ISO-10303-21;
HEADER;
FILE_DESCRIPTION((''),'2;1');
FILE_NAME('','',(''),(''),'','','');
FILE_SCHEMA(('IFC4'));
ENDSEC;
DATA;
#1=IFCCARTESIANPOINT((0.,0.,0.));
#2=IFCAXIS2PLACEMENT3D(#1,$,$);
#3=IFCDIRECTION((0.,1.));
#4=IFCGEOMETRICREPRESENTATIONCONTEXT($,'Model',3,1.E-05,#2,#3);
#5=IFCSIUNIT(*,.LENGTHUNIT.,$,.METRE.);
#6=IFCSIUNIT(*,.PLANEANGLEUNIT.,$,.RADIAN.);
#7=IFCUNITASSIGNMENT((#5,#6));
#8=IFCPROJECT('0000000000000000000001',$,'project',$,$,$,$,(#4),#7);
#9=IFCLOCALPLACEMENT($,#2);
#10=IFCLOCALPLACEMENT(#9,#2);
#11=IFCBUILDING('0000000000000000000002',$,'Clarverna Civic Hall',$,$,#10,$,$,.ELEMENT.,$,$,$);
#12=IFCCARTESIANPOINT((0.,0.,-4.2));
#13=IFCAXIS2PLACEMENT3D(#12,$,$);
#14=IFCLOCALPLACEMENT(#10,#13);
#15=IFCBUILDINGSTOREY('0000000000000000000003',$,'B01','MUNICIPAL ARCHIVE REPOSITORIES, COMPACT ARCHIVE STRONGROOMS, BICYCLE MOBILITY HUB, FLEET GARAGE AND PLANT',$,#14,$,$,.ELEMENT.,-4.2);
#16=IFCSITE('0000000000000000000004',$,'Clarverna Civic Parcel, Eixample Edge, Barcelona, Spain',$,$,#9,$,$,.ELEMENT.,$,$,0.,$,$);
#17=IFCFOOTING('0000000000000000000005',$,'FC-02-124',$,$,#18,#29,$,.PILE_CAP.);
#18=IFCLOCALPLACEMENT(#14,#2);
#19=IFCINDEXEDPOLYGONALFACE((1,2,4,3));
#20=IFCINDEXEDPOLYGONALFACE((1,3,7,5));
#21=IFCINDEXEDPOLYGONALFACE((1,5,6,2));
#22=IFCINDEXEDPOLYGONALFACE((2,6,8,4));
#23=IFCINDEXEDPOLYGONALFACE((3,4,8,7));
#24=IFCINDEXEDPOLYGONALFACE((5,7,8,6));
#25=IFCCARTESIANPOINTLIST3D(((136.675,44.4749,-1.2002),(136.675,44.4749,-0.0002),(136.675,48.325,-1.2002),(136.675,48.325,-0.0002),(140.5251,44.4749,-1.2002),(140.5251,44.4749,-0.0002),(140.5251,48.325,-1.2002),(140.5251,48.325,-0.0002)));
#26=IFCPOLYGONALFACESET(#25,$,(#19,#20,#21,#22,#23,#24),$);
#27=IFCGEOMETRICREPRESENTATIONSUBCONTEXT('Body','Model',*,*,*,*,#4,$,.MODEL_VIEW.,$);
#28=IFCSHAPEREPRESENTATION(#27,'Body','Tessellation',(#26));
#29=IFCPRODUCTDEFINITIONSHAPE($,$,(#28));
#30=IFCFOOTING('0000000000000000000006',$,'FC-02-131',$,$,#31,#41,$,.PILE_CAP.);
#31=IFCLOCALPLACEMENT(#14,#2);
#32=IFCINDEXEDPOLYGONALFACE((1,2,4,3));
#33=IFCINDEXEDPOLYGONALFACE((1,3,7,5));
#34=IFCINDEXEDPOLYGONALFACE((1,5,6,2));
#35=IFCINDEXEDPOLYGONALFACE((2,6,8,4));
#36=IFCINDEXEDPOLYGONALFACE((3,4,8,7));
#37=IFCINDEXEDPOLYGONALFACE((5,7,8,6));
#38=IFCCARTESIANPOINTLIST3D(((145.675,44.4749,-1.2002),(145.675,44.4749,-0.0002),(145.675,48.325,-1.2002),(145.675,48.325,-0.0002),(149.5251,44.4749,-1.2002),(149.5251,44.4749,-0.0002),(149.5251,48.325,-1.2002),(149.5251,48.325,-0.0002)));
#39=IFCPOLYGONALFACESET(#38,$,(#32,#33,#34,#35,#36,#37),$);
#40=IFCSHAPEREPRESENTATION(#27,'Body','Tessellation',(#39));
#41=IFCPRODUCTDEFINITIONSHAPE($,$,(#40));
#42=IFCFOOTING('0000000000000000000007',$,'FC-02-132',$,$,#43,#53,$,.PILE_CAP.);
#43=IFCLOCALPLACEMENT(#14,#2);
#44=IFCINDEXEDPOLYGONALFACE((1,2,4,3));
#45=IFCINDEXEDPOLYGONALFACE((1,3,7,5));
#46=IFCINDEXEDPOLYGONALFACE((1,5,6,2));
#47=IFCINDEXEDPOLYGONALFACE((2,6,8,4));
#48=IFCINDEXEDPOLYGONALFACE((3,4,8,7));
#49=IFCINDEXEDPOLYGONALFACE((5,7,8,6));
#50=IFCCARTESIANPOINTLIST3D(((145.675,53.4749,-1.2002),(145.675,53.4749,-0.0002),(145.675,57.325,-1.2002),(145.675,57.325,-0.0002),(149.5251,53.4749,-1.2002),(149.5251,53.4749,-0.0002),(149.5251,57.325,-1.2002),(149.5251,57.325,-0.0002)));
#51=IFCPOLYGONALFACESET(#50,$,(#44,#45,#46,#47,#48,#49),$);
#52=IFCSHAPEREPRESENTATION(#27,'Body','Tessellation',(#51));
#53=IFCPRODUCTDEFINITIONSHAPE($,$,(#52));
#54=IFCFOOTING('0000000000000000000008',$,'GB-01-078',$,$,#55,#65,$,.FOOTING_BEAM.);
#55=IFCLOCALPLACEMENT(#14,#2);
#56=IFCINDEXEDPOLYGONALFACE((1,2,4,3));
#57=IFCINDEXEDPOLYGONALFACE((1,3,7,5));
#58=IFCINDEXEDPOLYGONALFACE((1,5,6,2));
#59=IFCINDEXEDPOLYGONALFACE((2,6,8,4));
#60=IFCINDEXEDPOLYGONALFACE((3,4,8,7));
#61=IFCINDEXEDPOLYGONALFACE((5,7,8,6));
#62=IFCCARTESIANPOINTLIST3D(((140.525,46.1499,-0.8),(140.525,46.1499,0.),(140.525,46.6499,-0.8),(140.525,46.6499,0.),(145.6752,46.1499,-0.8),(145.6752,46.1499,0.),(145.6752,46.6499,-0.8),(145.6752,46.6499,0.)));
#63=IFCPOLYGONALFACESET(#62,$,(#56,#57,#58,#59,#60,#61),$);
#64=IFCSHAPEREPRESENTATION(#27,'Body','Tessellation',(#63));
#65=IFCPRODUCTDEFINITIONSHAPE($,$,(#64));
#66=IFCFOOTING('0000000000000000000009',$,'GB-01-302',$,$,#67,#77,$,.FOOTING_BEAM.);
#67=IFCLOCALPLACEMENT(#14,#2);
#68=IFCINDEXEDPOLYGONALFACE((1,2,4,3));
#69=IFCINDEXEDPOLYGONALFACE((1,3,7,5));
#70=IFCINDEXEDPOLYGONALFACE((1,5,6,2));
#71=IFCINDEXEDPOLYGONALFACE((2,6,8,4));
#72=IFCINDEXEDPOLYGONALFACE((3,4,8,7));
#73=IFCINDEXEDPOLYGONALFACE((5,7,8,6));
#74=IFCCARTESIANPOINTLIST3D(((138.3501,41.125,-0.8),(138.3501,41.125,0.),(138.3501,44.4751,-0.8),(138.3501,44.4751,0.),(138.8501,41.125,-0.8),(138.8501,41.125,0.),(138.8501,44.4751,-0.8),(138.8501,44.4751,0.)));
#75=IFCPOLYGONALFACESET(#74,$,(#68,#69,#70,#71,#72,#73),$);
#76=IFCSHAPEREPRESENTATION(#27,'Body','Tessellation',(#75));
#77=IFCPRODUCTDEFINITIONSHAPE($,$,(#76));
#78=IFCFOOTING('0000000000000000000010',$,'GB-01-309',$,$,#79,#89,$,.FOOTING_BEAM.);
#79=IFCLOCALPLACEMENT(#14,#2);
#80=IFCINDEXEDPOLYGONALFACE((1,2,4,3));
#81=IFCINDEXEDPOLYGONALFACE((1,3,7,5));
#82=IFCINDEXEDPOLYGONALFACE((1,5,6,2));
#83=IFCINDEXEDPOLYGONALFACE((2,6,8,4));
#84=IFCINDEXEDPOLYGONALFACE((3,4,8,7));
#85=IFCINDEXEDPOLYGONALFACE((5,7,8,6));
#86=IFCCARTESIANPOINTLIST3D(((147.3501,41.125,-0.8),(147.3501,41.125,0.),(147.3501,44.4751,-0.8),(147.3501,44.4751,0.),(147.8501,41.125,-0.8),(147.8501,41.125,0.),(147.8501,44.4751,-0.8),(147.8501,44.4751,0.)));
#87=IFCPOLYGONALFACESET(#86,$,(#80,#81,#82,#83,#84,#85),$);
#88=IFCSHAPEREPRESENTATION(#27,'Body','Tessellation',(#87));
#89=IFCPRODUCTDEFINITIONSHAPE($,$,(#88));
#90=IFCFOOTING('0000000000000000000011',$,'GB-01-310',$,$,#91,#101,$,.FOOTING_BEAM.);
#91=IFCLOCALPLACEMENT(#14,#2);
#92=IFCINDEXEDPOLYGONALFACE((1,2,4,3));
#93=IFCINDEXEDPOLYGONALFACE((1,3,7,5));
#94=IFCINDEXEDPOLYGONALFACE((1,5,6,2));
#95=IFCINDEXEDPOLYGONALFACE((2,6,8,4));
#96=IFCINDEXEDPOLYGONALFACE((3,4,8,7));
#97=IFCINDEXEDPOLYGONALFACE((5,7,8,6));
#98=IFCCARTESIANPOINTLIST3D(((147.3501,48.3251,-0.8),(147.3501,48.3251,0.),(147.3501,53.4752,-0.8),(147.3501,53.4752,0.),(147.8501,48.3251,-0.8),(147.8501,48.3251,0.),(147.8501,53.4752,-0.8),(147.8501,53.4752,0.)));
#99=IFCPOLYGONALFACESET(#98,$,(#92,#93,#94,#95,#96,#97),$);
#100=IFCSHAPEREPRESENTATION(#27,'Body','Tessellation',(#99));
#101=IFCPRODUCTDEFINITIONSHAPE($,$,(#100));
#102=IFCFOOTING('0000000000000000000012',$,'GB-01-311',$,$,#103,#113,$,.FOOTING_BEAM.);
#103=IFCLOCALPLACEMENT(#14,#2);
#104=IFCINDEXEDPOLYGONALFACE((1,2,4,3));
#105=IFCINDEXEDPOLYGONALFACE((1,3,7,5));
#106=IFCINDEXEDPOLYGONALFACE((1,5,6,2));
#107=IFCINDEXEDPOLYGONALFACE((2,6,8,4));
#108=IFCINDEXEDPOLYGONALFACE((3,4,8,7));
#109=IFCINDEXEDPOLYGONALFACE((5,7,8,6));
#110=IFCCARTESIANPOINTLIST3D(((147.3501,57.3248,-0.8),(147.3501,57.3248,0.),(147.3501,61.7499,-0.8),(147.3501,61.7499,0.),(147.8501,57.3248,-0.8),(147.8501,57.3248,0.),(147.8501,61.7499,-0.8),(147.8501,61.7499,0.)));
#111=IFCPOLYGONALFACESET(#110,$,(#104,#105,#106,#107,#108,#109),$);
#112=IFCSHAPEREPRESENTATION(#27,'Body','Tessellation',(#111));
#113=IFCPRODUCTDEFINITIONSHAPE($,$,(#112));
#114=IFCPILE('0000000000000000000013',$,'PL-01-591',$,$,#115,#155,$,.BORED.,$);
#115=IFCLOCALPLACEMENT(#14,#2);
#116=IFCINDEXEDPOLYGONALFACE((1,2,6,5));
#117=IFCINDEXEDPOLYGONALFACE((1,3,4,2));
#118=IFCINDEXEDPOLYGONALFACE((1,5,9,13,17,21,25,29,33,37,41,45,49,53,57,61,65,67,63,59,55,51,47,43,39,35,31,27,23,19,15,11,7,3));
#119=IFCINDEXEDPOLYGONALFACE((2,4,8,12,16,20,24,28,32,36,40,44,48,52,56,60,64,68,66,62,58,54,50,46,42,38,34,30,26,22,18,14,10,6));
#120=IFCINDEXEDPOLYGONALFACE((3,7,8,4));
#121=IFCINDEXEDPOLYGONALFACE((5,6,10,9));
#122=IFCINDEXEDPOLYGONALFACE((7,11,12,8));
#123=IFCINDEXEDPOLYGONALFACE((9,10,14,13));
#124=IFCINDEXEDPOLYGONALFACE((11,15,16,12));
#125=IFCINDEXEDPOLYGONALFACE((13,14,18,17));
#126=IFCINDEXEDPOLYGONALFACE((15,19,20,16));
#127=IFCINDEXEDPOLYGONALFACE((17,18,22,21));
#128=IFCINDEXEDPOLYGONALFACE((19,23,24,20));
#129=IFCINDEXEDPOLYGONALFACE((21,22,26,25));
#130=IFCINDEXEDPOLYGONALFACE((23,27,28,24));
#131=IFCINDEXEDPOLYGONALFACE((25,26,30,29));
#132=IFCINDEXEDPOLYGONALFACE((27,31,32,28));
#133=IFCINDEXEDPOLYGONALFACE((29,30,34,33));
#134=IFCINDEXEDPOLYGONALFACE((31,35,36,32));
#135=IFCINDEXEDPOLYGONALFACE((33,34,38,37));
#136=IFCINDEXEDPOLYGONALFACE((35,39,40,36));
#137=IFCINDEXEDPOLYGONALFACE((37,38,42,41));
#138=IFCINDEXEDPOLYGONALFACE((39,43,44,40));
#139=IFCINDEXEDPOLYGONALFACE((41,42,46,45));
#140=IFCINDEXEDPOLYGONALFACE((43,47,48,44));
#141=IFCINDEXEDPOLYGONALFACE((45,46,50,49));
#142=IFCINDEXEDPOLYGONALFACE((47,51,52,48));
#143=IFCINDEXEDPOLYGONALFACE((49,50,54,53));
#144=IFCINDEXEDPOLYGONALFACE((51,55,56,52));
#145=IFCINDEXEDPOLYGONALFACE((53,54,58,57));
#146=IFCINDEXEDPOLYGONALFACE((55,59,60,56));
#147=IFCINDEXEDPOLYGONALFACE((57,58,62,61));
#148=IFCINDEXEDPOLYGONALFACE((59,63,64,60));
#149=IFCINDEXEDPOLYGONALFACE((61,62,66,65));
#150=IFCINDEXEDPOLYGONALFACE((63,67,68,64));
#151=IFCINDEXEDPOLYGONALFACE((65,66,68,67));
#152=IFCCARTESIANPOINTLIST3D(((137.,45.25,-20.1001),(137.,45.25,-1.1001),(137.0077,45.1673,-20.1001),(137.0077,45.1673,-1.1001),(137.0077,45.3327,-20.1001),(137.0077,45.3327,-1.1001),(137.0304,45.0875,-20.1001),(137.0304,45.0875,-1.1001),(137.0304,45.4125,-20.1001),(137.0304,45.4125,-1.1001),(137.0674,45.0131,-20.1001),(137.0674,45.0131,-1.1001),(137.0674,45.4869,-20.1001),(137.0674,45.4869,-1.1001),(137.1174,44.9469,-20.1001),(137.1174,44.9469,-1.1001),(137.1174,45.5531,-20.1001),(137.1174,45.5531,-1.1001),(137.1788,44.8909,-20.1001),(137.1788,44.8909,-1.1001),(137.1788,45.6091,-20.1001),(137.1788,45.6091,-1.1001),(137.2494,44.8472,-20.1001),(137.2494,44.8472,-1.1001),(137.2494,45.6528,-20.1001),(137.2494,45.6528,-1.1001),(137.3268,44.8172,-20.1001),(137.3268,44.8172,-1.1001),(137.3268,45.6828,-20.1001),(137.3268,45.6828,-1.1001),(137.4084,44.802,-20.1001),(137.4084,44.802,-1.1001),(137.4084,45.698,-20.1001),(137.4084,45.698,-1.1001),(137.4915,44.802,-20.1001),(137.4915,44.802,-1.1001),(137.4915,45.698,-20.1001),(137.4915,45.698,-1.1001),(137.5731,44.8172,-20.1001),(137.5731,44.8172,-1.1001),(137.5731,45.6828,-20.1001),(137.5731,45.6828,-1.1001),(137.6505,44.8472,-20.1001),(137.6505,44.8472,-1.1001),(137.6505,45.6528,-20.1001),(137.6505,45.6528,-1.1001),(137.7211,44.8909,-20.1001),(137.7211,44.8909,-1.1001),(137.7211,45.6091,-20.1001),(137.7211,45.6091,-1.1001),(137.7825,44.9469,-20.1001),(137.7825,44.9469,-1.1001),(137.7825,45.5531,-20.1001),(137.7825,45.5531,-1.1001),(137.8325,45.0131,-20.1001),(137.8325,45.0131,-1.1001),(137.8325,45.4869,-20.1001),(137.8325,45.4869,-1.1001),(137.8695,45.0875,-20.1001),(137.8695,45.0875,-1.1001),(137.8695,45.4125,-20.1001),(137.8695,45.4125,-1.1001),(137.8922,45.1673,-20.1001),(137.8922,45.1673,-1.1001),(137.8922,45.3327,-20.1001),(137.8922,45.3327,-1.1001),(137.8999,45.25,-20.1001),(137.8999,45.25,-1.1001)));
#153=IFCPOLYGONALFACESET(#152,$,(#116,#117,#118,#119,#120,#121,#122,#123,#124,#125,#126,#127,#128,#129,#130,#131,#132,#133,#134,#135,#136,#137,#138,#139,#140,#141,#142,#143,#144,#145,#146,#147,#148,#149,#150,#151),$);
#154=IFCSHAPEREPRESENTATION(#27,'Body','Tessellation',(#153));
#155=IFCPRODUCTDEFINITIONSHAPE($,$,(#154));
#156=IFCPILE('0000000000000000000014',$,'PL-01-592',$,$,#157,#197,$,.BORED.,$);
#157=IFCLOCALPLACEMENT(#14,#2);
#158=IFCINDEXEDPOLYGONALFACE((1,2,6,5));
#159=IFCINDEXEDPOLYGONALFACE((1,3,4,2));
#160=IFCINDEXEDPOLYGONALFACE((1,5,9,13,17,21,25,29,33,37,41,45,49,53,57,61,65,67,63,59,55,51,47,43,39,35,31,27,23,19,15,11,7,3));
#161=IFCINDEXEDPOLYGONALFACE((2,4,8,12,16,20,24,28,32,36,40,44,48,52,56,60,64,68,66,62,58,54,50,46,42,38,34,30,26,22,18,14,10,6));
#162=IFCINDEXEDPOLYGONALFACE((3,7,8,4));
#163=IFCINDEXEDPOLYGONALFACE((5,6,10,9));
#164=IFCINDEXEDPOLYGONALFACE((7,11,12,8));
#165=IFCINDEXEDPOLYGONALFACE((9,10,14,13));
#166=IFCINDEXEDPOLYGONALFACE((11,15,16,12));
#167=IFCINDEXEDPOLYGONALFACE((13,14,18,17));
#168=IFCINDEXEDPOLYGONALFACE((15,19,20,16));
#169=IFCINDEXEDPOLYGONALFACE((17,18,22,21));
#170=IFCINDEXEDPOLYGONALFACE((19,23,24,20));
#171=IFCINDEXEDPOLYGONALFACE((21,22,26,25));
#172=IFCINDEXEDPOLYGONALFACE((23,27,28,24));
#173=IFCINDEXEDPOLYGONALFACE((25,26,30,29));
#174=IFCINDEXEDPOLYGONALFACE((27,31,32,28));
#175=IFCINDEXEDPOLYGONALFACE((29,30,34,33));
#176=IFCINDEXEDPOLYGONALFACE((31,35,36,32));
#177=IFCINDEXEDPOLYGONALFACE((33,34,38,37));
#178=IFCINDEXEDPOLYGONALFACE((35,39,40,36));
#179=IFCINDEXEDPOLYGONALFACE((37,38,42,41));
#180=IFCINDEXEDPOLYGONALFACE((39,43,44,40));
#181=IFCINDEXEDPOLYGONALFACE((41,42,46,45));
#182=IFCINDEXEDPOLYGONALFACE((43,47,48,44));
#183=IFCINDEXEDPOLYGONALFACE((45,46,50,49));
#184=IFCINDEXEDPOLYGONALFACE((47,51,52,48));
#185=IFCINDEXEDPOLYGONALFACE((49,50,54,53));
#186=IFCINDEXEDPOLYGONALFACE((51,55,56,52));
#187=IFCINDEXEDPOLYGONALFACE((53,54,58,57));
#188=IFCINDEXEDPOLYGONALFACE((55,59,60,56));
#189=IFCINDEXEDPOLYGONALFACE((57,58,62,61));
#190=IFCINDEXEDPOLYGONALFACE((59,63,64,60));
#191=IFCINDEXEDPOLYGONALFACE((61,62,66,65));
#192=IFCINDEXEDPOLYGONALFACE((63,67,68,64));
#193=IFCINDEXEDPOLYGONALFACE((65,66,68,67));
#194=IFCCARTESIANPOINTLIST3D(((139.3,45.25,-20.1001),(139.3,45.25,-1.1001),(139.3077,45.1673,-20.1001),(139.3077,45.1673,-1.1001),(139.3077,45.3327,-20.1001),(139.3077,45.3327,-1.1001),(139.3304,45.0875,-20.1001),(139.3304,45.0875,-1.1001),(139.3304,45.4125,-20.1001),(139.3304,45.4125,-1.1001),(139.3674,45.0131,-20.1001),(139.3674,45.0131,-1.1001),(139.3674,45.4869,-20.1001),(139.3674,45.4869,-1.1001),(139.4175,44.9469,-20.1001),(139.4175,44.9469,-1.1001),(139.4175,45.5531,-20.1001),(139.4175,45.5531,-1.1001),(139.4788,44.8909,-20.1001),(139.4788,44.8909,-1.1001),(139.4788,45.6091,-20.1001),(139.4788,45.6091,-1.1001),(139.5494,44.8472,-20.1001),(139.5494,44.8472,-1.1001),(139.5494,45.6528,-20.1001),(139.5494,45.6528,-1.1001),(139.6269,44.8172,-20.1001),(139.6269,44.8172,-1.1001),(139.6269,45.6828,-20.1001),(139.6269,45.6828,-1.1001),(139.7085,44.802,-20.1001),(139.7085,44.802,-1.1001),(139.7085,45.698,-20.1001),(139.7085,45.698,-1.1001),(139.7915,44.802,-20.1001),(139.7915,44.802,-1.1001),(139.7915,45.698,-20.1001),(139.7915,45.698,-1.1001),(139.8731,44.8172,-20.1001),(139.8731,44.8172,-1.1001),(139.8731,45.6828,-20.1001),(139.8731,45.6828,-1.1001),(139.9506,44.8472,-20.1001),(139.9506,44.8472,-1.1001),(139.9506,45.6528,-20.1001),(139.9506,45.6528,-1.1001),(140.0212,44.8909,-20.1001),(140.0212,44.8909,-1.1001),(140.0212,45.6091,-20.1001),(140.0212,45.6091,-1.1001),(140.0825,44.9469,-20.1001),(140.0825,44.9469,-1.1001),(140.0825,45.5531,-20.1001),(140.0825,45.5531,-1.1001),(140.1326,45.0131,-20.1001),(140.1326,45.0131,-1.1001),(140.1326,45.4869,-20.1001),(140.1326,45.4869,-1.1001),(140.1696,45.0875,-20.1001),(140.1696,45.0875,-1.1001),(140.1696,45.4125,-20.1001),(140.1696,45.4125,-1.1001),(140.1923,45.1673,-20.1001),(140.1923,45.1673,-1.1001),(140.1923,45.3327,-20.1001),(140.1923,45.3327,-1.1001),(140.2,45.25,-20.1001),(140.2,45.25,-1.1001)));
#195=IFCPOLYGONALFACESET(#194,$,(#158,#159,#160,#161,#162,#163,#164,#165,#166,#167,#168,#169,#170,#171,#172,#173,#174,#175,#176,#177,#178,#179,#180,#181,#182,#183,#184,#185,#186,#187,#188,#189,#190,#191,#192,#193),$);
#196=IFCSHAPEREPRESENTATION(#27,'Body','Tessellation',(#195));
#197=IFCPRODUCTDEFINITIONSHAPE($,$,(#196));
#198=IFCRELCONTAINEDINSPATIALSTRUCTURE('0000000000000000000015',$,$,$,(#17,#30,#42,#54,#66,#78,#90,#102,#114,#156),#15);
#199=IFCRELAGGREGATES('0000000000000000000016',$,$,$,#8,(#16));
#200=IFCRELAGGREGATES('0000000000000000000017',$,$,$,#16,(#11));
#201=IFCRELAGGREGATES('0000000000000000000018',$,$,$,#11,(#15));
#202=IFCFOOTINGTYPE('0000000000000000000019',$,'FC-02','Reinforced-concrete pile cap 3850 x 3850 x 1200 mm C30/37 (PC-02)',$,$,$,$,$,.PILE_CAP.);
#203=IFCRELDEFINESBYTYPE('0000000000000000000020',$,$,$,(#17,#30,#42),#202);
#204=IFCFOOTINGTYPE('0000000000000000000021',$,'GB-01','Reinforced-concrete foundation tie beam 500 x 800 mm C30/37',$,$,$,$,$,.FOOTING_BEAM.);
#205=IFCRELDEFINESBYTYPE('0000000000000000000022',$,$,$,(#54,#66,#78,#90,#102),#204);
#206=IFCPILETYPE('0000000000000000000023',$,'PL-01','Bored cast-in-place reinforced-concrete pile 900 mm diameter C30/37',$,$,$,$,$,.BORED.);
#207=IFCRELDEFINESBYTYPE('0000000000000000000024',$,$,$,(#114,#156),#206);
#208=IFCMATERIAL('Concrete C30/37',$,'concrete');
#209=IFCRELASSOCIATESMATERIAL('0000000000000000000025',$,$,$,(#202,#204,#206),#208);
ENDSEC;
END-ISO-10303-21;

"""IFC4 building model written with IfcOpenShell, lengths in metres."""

from ifc_helpers import new_model, si_unit, direction, frame, frame_2d, origin, origin_2d, place, context, subcontext, project, spatial, rectangle, circle, extrude, material, material_profile, profile_set, type_object, element, save


model = new_model("IFC4")

# Units and contexts
model_context = context("Model", 3, precision=1e-05, world=origin(), true_north=direction((0.0, 1.0)))
body_context = subcontext(model_context, "Body", "Model", "MODEL_VIEW")
ifc_project = project(units=[si_unit("LENGTHUNIT", "METRE"), si_unit("PLANEANGLEUNIT", "RADIAN")], contexts=[model_context])

# Site, building, storey
site_placement = place(None, origin())
site = spatial("IfcSite", under=ifc_project, at=site_placement, Name="Clarverna Civic Parcel, Eixample Edge, Barcelona, Spain", CompositionType="ELEMENT", RefElevation=0.0)
building_placement = place(site_placement, origin())
building = spatial("IfcBuilding", under=site, at=building_placement, Name="Clarverna Civic Hall", CompositionType="ELEMENT")
storey_placement = place(building_placement, frame((0.0, 0.0, -4.2)))
storey = spatial("IfcBuildingStorey", under=building, at=storey_placement, Name="B01", Description="MUNICIPAL ARCHIVE REPOSITORIES, COMPACT ARCHIVE STRONGROOMS, BICYCLE MOBILITY HUB, FLEET GARAGE AND PLANT", CompositionType="ELEMENT", Elevation=-4.2)

# Footings
ifc_material_1 = material(Name="Concrete C30/37", Category="concrete")
footing_type_1 = type_object("IfcFootingType", Name="FC-02", Description="Reinforced-concrete pile cap 3850 x 3850 x 1200 mm C30/37 (PC-02)", PredefinedType="PILE_CAP", material=ifc_material_1)
for number, where, z_axis, x_axis, name in (
    (1, (138.6001, 46.3999, -1.2002), (0.0, 0.0, 1.0), (1.0, 0.0, 0.0), "FC-02-124"),
    (2, (147.6001, 46.3999, -1.2002), (0.0, 0.0, 1.0), (1.0, 0.0, 0.0), "FC-02-131"),
    (3, (147.6001, 55.3999, -1.2002), (0.0, 0.0, 1.0), (1.0, 0.0, 0.0), "FC-02-132"),
):
    element("IfcFooting", number, at=place(storey_placement, frame(where, z_axis=z_axis, x_axis=x_axis)), inside=storey, type_object=footing_type_1, Name=name, PredefinedType="PILE_CAP", context=body_context, shape_type="SweptSolid", body=[
        extrude(rectangle(XDim=3.8501, YDim=3.8501, at=origin_2d()), origin(), (0.0, 0.0, 1.0), 1.2),
    ])
footing_type_2 = type_object("IfcFootingType", Name="GB-01", Description="Reinforced-concrete foundation tie beam 500 x 800 mm C30/37", PredefinedType="FOOTING_BEAM", material=ifc_material_1)
footing_1_placement = place(storey_placement, frame((140.5249, 46.3999, -0.8), z_axis=(0.0, 0.0, 1.0), x_axis=(1.0, 0.0, 0.0)))
element("IfcFooting", 4, at=footing_1_placement, inside=storey, type_object=footing_type_2, Name="GB-01-078", PredefinedType="FOOTING_BEAM", context=body_context, shape_type="SweptSolid", body=[
    extrude(rectangle(XDim=5.1501, YDim=0.5, at=frame_2d((2.5752, 0.0))), origin(), (0.0, 0.0, 1.0), 0.8),
])
for number, where, z_axis, x_axis, name in (
    (5, (138.6001, 41.125, -0.8), (0.0, 0.0, 1.0), (0.0, 1.0, 0.0), "GB-01-302"),
    (6, (147.6001, 41.125, -0.8), (0.0, 0.0, 1.0), (0.0, 1.0, 0.0), "GB-01-309"),
):
    element("IfcFooting", number, at=place(storey_placement, frame(where, z_axis=z_axis, x_axis=x_axis)), inside=storey, type_object=footing_type_2, Name=name, PredefinedType="FOOTING_BEAM", context=body_context, shape_type="SweptSolid", body=[
        extrude(rectangle(XDim=3.3501, YDim=0.5, at=frame_2d((1.675, 0.0))), origin(), (0.0, 0.0, 1.0), 0.8),
    ])
footing_2_placement = place(storey_placement, frame((147.6001, 48.325, -0.8), z_axis=(0.0, 0.0, 1.0), x_axis=(0.0, 1.0, 0.0)))
element("IfcFooting", 7, at=footing_2_placement, inside=storey, type_object=footing_type_2, Name="GB-01-310", PredefinedType="FOOTING_BEAM", context=body_context, shape_type="SweptSolid", body=[
    extrude(rectangle(XDim=5.1501, YDim=0.5, at=frame_2d((2.5752, 0.0))), origin(), (0.0, 0.0, 1.0), 0.8),
])
footing_3_placement = place(storey_placement, frame((147.6001, 57.325, -0.8), z_axis=(0.0, 0.0, 1.0), x_axis=(0.0, 1.0, 0.0)))
element("IfcFooting", 8, at=footing_3_placement, inside=storey, type_object=footing_type_2, Name="GB-01-311", PredefinedType="FOOTING_BEAM", context=body_context, shape_type="SweptSolid", body=[
    extrude(rectangle(XDim=4.425, YDim=0.5, at=frame_2d((2.2124, 0.0))), origin(), (0.0, 0.0, 1.0), 0.8),
])

# Piles
ifc_material_profile_1 = material_profile(ifc_material_1, circle(Radius=0.45, at=origin_2d()), Name="BORED PILE D900")
ifc_profile_set_1 = profile_set([ifc_material_profile_1], Name="Concrete C30/37")
pile_type = type_object("IfcPileType", Name="PL-01", Description="Bored cast-in-place reinforced-concrete pile 900 mm diameter C30/37", PredefinedType="BORED", material=ifc_profile_set_1)
for number, where, z_axis, x_axis, name in (
    (9, (137.45, 45.25, -1.1001), (0.0, 0.0, -1.0), (1.0, 0.0, 0.0), "PL-01-591"),
    (10, (139.75, 45.25, -1.1001), (0.0, 0.0, -1.0), (1.0, 0.0, 0.0), "PL-01-592"),
):
    element("IfcPile", number, at=place(storey_placement, frame(where, z_axis=z_axis, x_axis=x_axis)), inside=storey, type_object=pile_type, Name=name, PredefinedType="BORED", context=body_context, shape_type="SweptSolid", body=[
        extrude(circle(Radius=0.45, at=origin_2d()), origin(), (0.0, 0.0, 1.0), 19.0),
    ])

save(model, "model.ifc")
